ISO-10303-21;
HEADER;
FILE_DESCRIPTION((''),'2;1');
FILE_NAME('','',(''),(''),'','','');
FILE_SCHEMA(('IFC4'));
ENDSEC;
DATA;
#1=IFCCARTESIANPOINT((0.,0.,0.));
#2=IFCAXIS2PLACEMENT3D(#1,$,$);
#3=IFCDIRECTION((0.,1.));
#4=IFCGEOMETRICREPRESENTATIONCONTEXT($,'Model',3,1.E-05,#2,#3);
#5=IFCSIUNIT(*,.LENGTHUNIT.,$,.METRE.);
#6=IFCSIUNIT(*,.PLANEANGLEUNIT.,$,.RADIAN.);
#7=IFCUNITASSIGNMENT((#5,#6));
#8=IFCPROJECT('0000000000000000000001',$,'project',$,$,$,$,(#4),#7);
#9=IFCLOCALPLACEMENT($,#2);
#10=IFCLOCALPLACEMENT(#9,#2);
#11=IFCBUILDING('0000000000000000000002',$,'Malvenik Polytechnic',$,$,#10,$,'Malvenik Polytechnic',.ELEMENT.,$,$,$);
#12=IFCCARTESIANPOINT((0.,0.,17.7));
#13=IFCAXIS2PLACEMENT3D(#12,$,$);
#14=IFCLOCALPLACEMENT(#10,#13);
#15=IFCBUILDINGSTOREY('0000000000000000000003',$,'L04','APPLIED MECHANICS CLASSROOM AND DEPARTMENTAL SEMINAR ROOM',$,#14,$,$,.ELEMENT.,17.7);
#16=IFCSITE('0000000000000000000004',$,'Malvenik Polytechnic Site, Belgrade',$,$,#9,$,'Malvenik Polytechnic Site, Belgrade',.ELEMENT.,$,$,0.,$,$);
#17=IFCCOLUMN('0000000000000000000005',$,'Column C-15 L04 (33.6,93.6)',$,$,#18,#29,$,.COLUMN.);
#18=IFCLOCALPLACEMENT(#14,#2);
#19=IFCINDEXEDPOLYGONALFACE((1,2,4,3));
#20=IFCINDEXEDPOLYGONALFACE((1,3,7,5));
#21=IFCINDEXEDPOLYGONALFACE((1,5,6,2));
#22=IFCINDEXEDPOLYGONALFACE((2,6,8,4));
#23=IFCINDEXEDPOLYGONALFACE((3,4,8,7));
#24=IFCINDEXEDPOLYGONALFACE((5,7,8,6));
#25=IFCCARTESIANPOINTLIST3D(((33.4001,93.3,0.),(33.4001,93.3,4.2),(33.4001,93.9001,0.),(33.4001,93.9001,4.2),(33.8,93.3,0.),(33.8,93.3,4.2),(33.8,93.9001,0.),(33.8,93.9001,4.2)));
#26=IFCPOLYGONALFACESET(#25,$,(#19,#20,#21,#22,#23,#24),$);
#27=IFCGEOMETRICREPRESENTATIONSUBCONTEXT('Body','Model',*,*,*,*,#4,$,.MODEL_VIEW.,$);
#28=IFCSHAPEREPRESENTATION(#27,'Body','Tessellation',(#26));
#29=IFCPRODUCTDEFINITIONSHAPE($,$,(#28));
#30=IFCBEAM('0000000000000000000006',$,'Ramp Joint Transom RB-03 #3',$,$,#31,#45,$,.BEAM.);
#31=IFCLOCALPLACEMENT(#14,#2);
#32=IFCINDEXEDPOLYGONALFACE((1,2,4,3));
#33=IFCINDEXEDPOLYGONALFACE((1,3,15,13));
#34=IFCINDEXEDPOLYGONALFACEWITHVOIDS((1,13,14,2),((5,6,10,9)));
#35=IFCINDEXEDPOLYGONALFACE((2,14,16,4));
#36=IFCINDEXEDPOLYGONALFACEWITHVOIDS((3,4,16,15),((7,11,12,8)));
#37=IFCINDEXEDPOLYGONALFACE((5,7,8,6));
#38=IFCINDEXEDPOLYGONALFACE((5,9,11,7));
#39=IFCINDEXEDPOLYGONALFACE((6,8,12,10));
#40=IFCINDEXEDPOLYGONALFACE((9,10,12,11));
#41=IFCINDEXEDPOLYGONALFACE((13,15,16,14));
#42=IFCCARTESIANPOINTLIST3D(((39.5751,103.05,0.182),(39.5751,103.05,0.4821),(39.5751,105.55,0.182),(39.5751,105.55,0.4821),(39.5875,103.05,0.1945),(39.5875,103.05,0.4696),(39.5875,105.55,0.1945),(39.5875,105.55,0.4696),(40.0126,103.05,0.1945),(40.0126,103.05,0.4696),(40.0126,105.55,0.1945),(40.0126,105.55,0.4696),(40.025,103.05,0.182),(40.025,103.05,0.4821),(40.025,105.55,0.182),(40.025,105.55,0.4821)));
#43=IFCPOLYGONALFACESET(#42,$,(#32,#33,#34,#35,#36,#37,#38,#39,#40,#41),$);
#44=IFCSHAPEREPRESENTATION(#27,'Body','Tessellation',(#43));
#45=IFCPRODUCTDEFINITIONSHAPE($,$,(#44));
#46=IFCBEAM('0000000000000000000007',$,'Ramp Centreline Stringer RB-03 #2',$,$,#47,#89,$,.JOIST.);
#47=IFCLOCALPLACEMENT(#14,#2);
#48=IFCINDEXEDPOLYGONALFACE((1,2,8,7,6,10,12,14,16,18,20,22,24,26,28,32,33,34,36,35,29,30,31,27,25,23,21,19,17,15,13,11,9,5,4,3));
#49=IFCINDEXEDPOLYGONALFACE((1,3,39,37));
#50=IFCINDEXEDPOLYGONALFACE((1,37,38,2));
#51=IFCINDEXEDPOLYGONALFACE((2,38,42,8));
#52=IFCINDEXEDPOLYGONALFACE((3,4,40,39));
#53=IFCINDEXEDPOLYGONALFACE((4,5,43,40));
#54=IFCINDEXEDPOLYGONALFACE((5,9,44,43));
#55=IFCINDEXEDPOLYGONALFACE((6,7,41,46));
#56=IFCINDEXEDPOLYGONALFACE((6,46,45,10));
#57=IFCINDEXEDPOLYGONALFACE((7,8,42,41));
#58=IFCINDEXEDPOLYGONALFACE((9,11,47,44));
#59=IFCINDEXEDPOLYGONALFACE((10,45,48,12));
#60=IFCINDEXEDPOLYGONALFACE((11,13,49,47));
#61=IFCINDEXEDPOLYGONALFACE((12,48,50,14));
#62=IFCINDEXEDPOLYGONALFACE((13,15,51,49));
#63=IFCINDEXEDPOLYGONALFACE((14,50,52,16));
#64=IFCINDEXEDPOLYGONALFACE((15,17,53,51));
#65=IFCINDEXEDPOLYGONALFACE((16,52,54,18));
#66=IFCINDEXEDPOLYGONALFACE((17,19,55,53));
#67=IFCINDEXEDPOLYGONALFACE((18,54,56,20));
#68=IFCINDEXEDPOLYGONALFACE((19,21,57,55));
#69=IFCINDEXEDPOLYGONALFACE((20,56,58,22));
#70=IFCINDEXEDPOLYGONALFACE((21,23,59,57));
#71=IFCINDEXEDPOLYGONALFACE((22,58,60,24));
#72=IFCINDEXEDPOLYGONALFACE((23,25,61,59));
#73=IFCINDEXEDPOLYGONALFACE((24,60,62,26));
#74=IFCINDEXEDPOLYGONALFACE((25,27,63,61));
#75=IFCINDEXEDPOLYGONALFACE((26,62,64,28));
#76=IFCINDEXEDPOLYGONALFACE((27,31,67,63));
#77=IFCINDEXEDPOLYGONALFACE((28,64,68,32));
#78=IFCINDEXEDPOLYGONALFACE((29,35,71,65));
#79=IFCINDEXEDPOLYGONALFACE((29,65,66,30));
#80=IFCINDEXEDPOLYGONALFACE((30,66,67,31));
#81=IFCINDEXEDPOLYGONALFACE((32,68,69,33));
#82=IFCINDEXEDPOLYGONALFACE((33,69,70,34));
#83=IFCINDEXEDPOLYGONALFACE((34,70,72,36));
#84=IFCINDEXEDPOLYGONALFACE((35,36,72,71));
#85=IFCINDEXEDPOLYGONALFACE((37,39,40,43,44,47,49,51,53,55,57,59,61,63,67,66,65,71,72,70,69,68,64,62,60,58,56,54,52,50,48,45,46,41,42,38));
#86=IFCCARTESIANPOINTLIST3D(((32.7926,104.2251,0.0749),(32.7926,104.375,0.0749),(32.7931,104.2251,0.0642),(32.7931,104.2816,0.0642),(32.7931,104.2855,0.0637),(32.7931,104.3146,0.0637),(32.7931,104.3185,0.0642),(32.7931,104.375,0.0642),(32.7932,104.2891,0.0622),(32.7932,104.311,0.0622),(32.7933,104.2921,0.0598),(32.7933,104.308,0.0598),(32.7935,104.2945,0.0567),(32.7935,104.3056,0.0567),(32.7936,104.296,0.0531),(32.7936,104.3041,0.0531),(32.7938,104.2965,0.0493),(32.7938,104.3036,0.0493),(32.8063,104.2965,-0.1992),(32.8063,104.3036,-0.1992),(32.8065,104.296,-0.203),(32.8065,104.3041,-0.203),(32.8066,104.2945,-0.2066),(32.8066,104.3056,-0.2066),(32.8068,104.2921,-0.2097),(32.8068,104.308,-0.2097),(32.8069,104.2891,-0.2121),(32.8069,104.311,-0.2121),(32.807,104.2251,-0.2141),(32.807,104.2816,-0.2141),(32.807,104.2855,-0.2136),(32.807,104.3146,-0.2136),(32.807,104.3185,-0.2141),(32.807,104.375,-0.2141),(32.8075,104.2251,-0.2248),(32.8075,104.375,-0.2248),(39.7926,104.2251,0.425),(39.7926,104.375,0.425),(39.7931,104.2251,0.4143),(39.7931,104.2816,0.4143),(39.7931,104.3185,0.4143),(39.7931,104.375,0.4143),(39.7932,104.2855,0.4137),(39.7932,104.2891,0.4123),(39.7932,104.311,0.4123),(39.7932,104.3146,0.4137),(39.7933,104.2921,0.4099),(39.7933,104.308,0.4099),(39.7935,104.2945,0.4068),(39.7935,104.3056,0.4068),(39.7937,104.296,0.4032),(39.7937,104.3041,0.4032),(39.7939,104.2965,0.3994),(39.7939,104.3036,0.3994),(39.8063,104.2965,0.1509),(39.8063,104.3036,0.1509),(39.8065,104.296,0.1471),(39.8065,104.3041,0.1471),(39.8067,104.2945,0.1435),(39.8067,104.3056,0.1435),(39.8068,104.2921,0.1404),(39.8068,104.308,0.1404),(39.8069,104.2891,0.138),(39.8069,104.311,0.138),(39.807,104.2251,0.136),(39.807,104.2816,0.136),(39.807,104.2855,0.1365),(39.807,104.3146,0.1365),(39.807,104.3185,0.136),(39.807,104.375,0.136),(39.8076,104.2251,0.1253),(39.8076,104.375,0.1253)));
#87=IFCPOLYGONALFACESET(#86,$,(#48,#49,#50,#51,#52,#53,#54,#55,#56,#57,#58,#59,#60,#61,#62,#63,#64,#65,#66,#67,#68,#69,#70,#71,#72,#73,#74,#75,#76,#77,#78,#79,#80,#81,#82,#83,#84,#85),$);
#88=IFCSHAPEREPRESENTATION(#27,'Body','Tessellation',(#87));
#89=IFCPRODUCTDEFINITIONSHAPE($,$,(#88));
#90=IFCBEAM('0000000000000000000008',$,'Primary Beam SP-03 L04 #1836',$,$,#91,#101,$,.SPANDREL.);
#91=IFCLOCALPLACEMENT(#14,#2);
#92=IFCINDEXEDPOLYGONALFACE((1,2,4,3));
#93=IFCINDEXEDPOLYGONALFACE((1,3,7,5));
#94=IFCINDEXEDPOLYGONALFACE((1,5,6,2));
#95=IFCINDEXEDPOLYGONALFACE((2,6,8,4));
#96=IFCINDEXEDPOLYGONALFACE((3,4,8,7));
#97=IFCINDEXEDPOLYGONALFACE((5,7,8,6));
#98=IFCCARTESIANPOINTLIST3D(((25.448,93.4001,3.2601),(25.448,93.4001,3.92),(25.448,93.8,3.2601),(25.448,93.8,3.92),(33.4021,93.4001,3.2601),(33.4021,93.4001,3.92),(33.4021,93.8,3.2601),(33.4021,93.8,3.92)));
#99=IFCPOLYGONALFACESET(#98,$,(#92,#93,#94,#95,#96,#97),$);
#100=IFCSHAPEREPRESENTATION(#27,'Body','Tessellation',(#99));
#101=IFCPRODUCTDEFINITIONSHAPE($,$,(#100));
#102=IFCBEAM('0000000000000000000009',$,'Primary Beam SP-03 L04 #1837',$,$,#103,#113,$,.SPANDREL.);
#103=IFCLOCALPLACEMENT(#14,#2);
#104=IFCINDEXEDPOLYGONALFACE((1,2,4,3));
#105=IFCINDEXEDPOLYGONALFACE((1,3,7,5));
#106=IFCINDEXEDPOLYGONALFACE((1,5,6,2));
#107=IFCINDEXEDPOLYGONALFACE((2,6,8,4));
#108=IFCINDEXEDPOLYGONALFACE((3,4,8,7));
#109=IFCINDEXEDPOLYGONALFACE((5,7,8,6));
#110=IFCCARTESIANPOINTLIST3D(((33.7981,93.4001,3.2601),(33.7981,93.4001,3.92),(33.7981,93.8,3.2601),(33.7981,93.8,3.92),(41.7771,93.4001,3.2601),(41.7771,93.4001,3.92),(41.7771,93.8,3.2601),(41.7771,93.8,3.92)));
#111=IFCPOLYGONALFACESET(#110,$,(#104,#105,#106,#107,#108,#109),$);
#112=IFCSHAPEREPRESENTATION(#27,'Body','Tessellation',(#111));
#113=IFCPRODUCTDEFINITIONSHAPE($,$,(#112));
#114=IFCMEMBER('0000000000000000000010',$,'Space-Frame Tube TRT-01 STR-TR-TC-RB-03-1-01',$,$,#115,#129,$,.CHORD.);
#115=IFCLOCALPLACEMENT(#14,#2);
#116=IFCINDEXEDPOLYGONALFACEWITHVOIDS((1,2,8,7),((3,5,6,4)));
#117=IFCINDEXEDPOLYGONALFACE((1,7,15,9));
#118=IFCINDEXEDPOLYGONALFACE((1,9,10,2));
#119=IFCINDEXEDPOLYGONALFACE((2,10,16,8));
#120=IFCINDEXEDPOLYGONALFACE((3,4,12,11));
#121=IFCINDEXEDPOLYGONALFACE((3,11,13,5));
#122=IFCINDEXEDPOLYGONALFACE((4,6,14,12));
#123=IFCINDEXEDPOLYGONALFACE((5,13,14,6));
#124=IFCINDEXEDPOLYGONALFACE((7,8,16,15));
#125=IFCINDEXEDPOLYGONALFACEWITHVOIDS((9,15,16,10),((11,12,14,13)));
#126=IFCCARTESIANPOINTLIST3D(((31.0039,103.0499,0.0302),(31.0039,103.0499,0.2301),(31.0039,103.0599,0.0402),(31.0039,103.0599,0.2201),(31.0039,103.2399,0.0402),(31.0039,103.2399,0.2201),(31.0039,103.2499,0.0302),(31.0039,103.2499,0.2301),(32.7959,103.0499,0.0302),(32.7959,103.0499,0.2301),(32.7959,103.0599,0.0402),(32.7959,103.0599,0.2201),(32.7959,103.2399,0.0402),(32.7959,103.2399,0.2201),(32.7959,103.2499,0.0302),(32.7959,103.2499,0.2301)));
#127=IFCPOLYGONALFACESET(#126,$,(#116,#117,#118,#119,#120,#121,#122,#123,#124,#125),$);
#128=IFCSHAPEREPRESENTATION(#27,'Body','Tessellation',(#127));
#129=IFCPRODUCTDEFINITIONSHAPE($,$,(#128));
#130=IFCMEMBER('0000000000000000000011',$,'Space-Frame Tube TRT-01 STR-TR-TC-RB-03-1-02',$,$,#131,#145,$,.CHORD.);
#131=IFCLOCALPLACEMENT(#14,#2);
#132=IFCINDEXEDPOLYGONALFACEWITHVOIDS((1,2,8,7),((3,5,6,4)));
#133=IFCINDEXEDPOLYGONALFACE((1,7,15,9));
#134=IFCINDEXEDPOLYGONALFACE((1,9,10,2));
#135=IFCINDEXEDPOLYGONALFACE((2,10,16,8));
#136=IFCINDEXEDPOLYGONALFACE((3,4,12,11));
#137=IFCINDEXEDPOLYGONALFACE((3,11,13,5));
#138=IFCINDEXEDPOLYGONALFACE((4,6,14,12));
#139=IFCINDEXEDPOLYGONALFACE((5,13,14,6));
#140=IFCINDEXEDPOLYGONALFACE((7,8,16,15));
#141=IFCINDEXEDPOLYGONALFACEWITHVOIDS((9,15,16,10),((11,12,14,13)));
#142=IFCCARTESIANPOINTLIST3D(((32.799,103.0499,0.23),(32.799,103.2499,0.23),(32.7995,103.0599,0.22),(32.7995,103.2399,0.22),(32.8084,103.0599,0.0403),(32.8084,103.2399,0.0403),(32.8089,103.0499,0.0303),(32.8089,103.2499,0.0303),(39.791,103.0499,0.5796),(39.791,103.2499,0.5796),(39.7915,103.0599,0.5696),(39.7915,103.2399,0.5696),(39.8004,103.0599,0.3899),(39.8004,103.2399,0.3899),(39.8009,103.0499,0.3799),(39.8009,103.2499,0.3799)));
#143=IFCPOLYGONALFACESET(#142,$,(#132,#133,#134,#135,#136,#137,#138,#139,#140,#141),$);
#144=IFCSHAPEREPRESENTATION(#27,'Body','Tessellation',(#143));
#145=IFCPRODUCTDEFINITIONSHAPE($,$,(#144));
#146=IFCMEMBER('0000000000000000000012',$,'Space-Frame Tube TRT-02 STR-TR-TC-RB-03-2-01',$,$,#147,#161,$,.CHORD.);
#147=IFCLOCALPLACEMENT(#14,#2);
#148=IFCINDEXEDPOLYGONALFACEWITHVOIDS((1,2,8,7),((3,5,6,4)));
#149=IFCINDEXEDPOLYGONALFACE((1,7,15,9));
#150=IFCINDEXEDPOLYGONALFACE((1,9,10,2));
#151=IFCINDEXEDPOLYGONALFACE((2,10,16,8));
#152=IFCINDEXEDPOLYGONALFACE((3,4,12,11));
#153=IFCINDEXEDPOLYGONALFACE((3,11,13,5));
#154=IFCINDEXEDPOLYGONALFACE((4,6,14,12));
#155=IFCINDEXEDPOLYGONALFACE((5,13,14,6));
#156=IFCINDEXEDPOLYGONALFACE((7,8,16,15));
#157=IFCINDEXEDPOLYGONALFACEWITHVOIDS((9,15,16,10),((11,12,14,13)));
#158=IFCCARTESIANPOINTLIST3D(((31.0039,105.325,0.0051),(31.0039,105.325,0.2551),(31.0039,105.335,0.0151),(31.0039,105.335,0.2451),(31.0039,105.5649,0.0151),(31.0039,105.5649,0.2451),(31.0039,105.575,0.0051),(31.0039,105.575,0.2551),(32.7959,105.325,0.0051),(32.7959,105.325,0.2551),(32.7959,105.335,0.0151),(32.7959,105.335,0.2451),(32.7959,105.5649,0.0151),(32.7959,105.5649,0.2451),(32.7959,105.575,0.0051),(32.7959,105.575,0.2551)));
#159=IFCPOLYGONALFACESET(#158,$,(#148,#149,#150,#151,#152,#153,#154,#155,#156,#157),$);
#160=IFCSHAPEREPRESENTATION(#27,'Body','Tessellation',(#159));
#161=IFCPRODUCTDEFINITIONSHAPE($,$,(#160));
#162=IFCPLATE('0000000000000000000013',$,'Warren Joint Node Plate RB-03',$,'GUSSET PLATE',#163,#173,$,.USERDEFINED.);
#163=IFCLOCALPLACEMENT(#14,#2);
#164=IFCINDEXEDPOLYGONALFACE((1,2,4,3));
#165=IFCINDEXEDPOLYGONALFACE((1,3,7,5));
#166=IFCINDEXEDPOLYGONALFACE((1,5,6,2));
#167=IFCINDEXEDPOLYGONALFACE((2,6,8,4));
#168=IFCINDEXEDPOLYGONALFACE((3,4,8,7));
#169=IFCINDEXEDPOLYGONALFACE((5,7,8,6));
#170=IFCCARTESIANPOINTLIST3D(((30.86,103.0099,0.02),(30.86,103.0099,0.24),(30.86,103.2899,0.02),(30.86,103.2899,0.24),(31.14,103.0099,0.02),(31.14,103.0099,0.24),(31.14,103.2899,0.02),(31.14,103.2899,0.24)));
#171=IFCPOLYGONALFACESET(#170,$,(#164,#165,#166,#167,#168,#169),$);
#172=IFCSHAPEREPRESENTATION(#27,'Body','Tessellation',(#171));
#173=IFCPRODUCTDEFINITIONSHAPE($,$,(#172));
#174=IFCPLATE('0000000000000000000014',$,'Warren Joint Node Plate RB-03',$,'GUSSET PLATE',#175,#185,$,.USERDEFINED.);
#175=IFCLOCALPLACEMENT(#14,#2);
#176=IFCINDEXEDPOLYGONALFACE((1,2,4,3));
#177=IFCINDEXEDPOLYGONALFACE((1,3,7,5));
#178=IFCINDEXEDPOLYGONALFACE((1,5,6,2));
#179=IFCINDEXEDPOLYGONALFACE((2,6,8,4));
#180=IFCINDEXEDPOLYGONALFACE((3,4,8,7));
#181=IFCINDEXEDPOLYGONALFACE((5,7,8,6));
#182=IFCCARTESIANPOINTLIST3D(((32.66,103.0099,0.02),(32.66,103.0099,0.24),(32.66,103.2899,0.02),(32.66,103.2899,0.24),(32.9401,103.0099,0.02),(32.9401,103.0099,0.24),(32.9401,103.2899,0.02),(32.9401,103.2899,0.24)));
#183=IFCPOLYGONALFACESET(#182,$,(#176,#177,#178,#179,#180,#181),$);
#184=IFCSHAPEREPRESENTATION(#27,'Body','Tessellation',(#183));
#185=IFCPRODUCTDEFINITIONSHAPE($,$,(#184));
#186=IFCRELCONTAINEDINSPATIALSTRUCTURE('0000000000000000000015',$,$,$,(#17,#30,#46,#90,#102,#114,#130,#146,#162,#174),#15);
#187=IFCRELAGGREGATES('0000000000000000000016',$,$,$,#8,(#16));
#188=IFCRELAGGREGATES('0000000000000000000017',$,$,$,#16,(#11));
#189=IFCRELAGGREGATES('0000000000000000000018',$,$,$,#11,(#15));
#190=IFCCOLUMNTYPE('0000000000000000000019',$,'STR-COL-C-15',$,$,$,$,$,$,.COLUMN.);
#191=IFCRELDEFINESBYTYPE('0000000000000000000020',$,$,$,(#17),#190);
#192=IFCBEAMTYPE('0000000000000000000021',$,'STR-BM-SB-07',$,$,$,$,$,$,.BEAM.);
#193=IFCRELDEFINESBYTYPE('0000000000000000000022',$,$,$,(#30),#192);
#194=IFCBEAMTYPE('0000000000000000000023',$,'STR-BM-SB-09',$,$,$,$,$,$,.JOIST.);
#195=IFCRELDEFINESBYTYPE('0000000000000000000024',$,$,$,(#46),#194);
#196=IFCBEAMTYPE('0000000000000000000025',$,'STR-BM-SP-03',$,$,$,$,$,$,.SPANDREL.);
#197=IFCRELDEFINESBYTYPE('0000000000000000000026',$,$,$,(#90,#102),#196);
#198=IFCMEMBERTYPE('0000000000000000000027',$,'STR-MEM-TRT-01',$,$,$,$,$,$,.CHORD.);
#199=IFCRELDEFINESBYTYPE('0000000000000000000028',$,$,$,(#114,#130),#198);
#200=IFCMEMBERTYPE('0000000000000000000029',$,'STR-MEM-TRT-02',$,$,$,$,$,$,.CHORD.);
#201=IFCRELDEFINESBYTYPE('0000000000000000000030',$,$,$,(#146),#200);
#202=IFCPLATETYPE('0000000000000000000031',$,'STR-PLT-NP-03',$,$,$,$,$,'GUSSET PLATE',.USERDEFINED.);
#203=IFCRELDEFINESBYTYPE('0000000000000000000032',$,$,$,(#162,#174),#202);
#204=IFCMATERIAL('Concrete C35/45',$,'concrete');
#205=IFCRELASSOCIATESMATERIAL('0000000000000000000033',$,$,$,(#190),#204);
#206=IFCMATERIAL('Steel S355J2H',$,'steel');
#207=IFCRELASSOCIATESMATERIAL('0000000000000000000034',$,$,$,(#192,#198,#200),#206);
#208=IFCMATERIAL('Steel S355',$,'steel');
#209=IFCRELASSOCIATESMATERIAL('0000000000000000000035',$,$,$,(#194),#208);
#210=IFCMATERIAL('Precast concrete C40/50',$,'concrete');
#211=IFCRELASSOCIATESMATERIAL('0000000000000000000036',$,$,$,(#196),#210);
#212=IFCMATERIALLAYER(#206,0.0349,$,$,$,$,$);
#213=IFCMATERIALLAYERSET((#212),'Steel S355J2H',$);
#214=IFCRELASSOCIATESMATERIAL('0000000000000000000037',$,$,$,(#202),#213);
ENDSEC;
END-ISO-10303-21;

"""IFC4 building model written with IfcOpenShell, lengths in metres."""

from ifc_helpers import new_model, si_unit, direction, frame, origin, origin_2d, place, context, subcontext, project, spatial, rectangle, hollow_rectangle, i_section, extrude, material, layer, layer_set, material_profile, profile_set, type_object, element, save


model = new_model("IFC4")

# Units and contexts
model_context = context("Model", 3, precision=1e-05, world=origin(), true_north=direction((0.0, 1.0)))
body_context = subcontext(model_context, "Body", "Model", "MODEL_VIEW")
ifc_project = project(units=[si_unit("LENGTHUNIT", "METRE"), si_unit("PLANEANGLEUNIT", "RADIAN")], contexts=[model_context])

# Site, building, storey
site_placement = place(None, origin())
site = spatial("IfcSite", under=ifc_project, at=site_placement, Name="Malvenik Polytechnic Site, Belgrade", LongName="Malvenik Polytechnic Site, Belgrade", CompositionType="ELEMENT", RefElevation=0.0)
building_placement = place(site_placement, origin())
building = spatial("IfcBuilding", under=site, at=building_placement, Name="Malvenik Polytechnic", LongName="Malvenik Polytechnic", CompositionType="ELEMENT")
storey_placement = place(building_placement, frame((0.0, 0.0, 17.7)))
storey = spatial("IfcBuildingStorey", under=building, at=storey_placement, Name="L04", Description="APPLIED MECHANICS CLASSROOM AND DEPARTMENTAL SEMINAR ROOM", CompositionType="ELEMENT", Elevation=17.7)

# Column
ifc_material_1 = material(Name="Concrete C35/45", Category="concrete")
ifc_material_profile_1 = material_profile(ifc_material_1, rectangle(XDim=0.3999, YDim=0.6001, at=origin_2d()), Name="RC COL 600x400")
ifc_profile_set_1 = profile_set([ifc_material_profile_1], Name="Concrete C35/45")
column_type = type_object("IfcColumnType", Name="STR-COL-C-15", PredefinedType="COLUMN", material=ifc_profile_set_1)
column_placement = place(storey_placement, frame((33.6001, 93.6001, 0.0), z_axis=(0.0, 0.0, 1.0), x_axis=(1.0, 0.0, 0.0)))
element("IfcColumn", 1, at=column_placement, inside=storey, type_object=column_type, Name="Column C-15 L04 (33.6,93.6)", PredefinedType="COLUMN", context=body_context, shape_type="SweptSolid", body=[
    extrude(rectangle(XDim=0.3999, YDim=0.6001, at=origin_2d()), origin(), (0.0, 0.0, 1.0), 4.2),
])

# Beams
ifc_material_2 = material(Name="Steel S355J2H", Category="steel")
ifc_material_profile_2 = material_profile(ifc_material_2, hollow_rectangle(XDim=0.45, YDim=0.3, WallThickness=0.0125, at=origin_2d()), Name="RHS 450x300x12.5")
ifc_profile_set_2 = profile_set([ifc_material_profile_2], Name="Steel S355J2H")
beam_type_1 = type_object("IfcBeamType", Name="STR-BM-SB-07", PredefinedType="BEAM", material=ifc_profile_set_2)
beam_1_placement = place(storey_placement, frame((39.8, 103.05, 0.332), z_axis=(0.0, 1.0, 0.0), x_axis=(-1.0, 0.0, 0.0)))
element("IfcBeam", 2, at=beam_1_placement, inside=storey, type_object=beam_type_1, Name="Ramp Joint Transom RB-03 #3", PredefinedType="BEAM", context=body_context, shape_type="SweptSolid", body=[
    extrude(hollow_rectangle(XDim=0.45, YDim=0.3, WallThickness=0.0125, at=origin_2d()), origin(), (0.0, 0.0, 1.0), 2.5),
])
ifc_material_3 = material(Name="Steel S355", Category="steel")
ifc_material_profile_3 = material_profile(ifc_material_3, i_section(OverallWidth=0.1499, OverallDepth=0.3, WebThickness=0.0071, FlangeThickness=0.0107, FilletRadius=0.0149, at=origin_2d()), Name="IPE 300")
ifc_profile_set_3 = profile_set([ifc_material_profile_3], Name="Steel S355")
beam_type_2 = type_object("IfcBeamType", Name="STR-BM-SB-09", PredefinedType="JOIST", material=ifc_profile_set_3)
beam_2_placement = place(storey_placement, frame((32.8, 104.3, -0.075), z_axis=(0.998752, 0.0, 0.049952), x_axis=(0.0, 1.0, 0.0)))
element("IfcBeam", 3, at=beam_2_placement, inside=storey, type_object=beam_type_2, Name="Ramp Centreline Stringer RB-03 #2", PredefinedType="JOIST", context=body_context, shape_type="SweptSolid", body=[
    extrude(i_section(OverallWidth=0.1499, OverallDepth=0.3, WebThickness=0.0071, FlangeThickness=0.0107, FilletRadius=0.0149, at=origin_2d()), origin(), (0.0, 0.0, 1.0), 7.0088),
])
ifc_material_4 = material(Name="Precast concrete C40/50", Category="concrete")
ifc_material_profile_4 = material_profile(ifc_material_4, rectangle(XDim=0.3999, YDim=0.6599, at=origin_2d()), Name="PC SPN 400x660")
ifc_profile_set_4 = profile_set([ifc_material_profile_4], Name="Precast concrete C40/50")
beam_type_3 = type_object("IfcBeamType", Name="STR-BM-SP-03", PredefinedType="SPANDREL", material=ifc_profile_set_4)
beam_3_placement = place(storey_placement, frame((25.448, 93.6001, 3.5901), z_axis=(1.0, 0.0, 0.0), x_axis=(0.0, 1.0, 0.0)))
element("IfcBeam", 4, at=beam_3_placement, inside=storey, type_object=beam_type_3, Name="Primary Beam SP-03 L04 #1836", PredefinedType="SPANDREL", context=body_context, shape_type="SweptSolid", body=[
    extrude(rectangle(XDim=0.3999, YDim=0.6599, at=origin_2d()), origin(), (0.0, 0.0, 1.0), 7.9541),
])
beam_4_placement = place(storey_placement, frame((33.7981, 93.6001, 3.5901), z_axis=(1.0, 0.0, 0.0), x_axis=(0.0, 1.0, 0.0)))
element("IfcBeam", 5, at=beam_4_placement, inside=storey, type_object=beam_type_3, Name="Primary Beam SP-03 L04 #1837", PredefinedType="SPANDREL", context=body_context, shape_type="SweptSolid", body=[
    extrude(rectangle(XDim=0.3999, YDim=0.6599, at=origin_2d()), origin(), (0.0, 0.0, 1.0), 7.979),
])

# Members
ifc_material_profile_5 = material_profile(ifc_material_2, hollow_rectangle(XDim=0.2, YDim=0.2, WallThickness=0.01, at=origin_2d()), Name="SHS 200x200x10.0")
ifc_profile_set_5 = profile_set([ifc_material_profile_5], Name="Steel S355J2H")
member_type_1 = type_object("IfcMemberType", Name="STR-MEM-TRT-01", PredefinedType="CHORD", material=ifc_profile_set_5)
member_1_placement = place(storey_placement, frame((31.0039, 103.1499, 0.1301), z_axis=(1.0, 0.0, 0.0), x_axis=(0.0, 1.0, 0.0)))
element("IfcMember", 6, at=member_1_placement, inside=storey, type_object=member_type_1, Name="Space-Frame Tube TRT-01 STR-TR-TC-RB-03-1-01", PredefinedType="CHORD", context=body_context, shape_type="SweptSolid", body=[
    extrude(hollow_rectangle(XDim=0.2, YDim=0.2, WallThickness=0.01, at=origin_2d()), origin(), (0.0, 0.0, 1.0), 1.792),
])
member_2_placement = place(storey_placement, frame((32.804, 103.1499, 0.1301), z_axis=(0.998752, 0.0, 0.049939), x_axis=(0.0, 1.0, 0.0)))
element("IfcMember", 7, at=member_2_placement, inside=storey, type_object=member_type_1, Name="Space-Frame Tube TRT-01 STR-TR-TC-RB-03-1-02", PredefinedType="CHORD", context=body_context, shape_type="SweptSolid", body=[
    extrude(hollow_rectangle(XDim=0.2, YDim=0.2, WallThickness=0.01, at=origin_2d()), origin(), (0.0, 0.0, 1.0), 7.0007),
])
ifc_material_profile_6 = material_profile(ifc_material_2, hollow_rectangle(XDim=0.25, YDim=0.25, WallThickness=0.01, at=origin_2d()), Name="SHS 250x250x10.0")
ifc_profile_set_6 = profile_set([ifc_material_profile_6], Name="Steel S355J2H")
member_type_2 = type_object("IfcMemberType", Name="STR-MEM-TRT-02", PredefinedType="CHORD", material=ifc_profile_set_6)
member_3_placement = place(storey_placement, frame((31.0039, 105.45, 0.1301), z_axis=(1.0, 0.0, 0.0), x_axis=(0.0, 1.0, 0.0)))
element("IfcMember", 8, at=member_3_placement, inside=storey, type_object=member_type_2, Name="Space-Frame Tube TRT-02 STR-TR-TC-RB-03-2-01", PredefinedType="CHORD", context=body_context, shape_type="SweptSolid", body=[
    extrude(hollow_rectangle(XDim=0.25, YDim=0.25, WallThickness=0.01, at=origin_2d()), origin(), (0.0, 0.0, 1.0), 1.792),
])

# Plates
ifc_layer_1 = layer(ifc_material_2, 0.0349)
ifc_layer_set_1 = layer_set([ifc_layer_1], Name="Steel S355J2H")
plate_type = type_object("IfcPlateType", Name="STR-PLT-NP-03", ElementType="GUSSET PLATE", PredefinedType="USERDEFINED", material=ifc_layer_set_1)
for number, where, z_axis, x_axis, name in (
    (9, (31.0, 103.1499, 0.02), (0.0, 0.0, 1.0), (1.0, 0.0, 0.0), "Warren Joint Node Plate RB-03"),
    (10, (32.8, 103.1499, 0.02), (0.0, 0.0, 1.0), (1.0, 0.0, 0.0), "Warren Joint Node Plate RB-03"),
):
    element("IfcPlate", number, at=place(storey_placement, frame(where, z_axis=z_axis, x_axis=x_axis)), inside=storey, type_object=plate_type, Name=name, ObjectType="GUSSET PLATE", PredefinedType="USERDEFINED", context=body_context, shape_type="SweptSolid", body=[
        extrude(rectangle(XDim=0.28, YDim=0.28, at=origin_2d()), origin(), (0.0, 0.0, 1.0), 0.22),
    ])

save(model, "model.ifc")
